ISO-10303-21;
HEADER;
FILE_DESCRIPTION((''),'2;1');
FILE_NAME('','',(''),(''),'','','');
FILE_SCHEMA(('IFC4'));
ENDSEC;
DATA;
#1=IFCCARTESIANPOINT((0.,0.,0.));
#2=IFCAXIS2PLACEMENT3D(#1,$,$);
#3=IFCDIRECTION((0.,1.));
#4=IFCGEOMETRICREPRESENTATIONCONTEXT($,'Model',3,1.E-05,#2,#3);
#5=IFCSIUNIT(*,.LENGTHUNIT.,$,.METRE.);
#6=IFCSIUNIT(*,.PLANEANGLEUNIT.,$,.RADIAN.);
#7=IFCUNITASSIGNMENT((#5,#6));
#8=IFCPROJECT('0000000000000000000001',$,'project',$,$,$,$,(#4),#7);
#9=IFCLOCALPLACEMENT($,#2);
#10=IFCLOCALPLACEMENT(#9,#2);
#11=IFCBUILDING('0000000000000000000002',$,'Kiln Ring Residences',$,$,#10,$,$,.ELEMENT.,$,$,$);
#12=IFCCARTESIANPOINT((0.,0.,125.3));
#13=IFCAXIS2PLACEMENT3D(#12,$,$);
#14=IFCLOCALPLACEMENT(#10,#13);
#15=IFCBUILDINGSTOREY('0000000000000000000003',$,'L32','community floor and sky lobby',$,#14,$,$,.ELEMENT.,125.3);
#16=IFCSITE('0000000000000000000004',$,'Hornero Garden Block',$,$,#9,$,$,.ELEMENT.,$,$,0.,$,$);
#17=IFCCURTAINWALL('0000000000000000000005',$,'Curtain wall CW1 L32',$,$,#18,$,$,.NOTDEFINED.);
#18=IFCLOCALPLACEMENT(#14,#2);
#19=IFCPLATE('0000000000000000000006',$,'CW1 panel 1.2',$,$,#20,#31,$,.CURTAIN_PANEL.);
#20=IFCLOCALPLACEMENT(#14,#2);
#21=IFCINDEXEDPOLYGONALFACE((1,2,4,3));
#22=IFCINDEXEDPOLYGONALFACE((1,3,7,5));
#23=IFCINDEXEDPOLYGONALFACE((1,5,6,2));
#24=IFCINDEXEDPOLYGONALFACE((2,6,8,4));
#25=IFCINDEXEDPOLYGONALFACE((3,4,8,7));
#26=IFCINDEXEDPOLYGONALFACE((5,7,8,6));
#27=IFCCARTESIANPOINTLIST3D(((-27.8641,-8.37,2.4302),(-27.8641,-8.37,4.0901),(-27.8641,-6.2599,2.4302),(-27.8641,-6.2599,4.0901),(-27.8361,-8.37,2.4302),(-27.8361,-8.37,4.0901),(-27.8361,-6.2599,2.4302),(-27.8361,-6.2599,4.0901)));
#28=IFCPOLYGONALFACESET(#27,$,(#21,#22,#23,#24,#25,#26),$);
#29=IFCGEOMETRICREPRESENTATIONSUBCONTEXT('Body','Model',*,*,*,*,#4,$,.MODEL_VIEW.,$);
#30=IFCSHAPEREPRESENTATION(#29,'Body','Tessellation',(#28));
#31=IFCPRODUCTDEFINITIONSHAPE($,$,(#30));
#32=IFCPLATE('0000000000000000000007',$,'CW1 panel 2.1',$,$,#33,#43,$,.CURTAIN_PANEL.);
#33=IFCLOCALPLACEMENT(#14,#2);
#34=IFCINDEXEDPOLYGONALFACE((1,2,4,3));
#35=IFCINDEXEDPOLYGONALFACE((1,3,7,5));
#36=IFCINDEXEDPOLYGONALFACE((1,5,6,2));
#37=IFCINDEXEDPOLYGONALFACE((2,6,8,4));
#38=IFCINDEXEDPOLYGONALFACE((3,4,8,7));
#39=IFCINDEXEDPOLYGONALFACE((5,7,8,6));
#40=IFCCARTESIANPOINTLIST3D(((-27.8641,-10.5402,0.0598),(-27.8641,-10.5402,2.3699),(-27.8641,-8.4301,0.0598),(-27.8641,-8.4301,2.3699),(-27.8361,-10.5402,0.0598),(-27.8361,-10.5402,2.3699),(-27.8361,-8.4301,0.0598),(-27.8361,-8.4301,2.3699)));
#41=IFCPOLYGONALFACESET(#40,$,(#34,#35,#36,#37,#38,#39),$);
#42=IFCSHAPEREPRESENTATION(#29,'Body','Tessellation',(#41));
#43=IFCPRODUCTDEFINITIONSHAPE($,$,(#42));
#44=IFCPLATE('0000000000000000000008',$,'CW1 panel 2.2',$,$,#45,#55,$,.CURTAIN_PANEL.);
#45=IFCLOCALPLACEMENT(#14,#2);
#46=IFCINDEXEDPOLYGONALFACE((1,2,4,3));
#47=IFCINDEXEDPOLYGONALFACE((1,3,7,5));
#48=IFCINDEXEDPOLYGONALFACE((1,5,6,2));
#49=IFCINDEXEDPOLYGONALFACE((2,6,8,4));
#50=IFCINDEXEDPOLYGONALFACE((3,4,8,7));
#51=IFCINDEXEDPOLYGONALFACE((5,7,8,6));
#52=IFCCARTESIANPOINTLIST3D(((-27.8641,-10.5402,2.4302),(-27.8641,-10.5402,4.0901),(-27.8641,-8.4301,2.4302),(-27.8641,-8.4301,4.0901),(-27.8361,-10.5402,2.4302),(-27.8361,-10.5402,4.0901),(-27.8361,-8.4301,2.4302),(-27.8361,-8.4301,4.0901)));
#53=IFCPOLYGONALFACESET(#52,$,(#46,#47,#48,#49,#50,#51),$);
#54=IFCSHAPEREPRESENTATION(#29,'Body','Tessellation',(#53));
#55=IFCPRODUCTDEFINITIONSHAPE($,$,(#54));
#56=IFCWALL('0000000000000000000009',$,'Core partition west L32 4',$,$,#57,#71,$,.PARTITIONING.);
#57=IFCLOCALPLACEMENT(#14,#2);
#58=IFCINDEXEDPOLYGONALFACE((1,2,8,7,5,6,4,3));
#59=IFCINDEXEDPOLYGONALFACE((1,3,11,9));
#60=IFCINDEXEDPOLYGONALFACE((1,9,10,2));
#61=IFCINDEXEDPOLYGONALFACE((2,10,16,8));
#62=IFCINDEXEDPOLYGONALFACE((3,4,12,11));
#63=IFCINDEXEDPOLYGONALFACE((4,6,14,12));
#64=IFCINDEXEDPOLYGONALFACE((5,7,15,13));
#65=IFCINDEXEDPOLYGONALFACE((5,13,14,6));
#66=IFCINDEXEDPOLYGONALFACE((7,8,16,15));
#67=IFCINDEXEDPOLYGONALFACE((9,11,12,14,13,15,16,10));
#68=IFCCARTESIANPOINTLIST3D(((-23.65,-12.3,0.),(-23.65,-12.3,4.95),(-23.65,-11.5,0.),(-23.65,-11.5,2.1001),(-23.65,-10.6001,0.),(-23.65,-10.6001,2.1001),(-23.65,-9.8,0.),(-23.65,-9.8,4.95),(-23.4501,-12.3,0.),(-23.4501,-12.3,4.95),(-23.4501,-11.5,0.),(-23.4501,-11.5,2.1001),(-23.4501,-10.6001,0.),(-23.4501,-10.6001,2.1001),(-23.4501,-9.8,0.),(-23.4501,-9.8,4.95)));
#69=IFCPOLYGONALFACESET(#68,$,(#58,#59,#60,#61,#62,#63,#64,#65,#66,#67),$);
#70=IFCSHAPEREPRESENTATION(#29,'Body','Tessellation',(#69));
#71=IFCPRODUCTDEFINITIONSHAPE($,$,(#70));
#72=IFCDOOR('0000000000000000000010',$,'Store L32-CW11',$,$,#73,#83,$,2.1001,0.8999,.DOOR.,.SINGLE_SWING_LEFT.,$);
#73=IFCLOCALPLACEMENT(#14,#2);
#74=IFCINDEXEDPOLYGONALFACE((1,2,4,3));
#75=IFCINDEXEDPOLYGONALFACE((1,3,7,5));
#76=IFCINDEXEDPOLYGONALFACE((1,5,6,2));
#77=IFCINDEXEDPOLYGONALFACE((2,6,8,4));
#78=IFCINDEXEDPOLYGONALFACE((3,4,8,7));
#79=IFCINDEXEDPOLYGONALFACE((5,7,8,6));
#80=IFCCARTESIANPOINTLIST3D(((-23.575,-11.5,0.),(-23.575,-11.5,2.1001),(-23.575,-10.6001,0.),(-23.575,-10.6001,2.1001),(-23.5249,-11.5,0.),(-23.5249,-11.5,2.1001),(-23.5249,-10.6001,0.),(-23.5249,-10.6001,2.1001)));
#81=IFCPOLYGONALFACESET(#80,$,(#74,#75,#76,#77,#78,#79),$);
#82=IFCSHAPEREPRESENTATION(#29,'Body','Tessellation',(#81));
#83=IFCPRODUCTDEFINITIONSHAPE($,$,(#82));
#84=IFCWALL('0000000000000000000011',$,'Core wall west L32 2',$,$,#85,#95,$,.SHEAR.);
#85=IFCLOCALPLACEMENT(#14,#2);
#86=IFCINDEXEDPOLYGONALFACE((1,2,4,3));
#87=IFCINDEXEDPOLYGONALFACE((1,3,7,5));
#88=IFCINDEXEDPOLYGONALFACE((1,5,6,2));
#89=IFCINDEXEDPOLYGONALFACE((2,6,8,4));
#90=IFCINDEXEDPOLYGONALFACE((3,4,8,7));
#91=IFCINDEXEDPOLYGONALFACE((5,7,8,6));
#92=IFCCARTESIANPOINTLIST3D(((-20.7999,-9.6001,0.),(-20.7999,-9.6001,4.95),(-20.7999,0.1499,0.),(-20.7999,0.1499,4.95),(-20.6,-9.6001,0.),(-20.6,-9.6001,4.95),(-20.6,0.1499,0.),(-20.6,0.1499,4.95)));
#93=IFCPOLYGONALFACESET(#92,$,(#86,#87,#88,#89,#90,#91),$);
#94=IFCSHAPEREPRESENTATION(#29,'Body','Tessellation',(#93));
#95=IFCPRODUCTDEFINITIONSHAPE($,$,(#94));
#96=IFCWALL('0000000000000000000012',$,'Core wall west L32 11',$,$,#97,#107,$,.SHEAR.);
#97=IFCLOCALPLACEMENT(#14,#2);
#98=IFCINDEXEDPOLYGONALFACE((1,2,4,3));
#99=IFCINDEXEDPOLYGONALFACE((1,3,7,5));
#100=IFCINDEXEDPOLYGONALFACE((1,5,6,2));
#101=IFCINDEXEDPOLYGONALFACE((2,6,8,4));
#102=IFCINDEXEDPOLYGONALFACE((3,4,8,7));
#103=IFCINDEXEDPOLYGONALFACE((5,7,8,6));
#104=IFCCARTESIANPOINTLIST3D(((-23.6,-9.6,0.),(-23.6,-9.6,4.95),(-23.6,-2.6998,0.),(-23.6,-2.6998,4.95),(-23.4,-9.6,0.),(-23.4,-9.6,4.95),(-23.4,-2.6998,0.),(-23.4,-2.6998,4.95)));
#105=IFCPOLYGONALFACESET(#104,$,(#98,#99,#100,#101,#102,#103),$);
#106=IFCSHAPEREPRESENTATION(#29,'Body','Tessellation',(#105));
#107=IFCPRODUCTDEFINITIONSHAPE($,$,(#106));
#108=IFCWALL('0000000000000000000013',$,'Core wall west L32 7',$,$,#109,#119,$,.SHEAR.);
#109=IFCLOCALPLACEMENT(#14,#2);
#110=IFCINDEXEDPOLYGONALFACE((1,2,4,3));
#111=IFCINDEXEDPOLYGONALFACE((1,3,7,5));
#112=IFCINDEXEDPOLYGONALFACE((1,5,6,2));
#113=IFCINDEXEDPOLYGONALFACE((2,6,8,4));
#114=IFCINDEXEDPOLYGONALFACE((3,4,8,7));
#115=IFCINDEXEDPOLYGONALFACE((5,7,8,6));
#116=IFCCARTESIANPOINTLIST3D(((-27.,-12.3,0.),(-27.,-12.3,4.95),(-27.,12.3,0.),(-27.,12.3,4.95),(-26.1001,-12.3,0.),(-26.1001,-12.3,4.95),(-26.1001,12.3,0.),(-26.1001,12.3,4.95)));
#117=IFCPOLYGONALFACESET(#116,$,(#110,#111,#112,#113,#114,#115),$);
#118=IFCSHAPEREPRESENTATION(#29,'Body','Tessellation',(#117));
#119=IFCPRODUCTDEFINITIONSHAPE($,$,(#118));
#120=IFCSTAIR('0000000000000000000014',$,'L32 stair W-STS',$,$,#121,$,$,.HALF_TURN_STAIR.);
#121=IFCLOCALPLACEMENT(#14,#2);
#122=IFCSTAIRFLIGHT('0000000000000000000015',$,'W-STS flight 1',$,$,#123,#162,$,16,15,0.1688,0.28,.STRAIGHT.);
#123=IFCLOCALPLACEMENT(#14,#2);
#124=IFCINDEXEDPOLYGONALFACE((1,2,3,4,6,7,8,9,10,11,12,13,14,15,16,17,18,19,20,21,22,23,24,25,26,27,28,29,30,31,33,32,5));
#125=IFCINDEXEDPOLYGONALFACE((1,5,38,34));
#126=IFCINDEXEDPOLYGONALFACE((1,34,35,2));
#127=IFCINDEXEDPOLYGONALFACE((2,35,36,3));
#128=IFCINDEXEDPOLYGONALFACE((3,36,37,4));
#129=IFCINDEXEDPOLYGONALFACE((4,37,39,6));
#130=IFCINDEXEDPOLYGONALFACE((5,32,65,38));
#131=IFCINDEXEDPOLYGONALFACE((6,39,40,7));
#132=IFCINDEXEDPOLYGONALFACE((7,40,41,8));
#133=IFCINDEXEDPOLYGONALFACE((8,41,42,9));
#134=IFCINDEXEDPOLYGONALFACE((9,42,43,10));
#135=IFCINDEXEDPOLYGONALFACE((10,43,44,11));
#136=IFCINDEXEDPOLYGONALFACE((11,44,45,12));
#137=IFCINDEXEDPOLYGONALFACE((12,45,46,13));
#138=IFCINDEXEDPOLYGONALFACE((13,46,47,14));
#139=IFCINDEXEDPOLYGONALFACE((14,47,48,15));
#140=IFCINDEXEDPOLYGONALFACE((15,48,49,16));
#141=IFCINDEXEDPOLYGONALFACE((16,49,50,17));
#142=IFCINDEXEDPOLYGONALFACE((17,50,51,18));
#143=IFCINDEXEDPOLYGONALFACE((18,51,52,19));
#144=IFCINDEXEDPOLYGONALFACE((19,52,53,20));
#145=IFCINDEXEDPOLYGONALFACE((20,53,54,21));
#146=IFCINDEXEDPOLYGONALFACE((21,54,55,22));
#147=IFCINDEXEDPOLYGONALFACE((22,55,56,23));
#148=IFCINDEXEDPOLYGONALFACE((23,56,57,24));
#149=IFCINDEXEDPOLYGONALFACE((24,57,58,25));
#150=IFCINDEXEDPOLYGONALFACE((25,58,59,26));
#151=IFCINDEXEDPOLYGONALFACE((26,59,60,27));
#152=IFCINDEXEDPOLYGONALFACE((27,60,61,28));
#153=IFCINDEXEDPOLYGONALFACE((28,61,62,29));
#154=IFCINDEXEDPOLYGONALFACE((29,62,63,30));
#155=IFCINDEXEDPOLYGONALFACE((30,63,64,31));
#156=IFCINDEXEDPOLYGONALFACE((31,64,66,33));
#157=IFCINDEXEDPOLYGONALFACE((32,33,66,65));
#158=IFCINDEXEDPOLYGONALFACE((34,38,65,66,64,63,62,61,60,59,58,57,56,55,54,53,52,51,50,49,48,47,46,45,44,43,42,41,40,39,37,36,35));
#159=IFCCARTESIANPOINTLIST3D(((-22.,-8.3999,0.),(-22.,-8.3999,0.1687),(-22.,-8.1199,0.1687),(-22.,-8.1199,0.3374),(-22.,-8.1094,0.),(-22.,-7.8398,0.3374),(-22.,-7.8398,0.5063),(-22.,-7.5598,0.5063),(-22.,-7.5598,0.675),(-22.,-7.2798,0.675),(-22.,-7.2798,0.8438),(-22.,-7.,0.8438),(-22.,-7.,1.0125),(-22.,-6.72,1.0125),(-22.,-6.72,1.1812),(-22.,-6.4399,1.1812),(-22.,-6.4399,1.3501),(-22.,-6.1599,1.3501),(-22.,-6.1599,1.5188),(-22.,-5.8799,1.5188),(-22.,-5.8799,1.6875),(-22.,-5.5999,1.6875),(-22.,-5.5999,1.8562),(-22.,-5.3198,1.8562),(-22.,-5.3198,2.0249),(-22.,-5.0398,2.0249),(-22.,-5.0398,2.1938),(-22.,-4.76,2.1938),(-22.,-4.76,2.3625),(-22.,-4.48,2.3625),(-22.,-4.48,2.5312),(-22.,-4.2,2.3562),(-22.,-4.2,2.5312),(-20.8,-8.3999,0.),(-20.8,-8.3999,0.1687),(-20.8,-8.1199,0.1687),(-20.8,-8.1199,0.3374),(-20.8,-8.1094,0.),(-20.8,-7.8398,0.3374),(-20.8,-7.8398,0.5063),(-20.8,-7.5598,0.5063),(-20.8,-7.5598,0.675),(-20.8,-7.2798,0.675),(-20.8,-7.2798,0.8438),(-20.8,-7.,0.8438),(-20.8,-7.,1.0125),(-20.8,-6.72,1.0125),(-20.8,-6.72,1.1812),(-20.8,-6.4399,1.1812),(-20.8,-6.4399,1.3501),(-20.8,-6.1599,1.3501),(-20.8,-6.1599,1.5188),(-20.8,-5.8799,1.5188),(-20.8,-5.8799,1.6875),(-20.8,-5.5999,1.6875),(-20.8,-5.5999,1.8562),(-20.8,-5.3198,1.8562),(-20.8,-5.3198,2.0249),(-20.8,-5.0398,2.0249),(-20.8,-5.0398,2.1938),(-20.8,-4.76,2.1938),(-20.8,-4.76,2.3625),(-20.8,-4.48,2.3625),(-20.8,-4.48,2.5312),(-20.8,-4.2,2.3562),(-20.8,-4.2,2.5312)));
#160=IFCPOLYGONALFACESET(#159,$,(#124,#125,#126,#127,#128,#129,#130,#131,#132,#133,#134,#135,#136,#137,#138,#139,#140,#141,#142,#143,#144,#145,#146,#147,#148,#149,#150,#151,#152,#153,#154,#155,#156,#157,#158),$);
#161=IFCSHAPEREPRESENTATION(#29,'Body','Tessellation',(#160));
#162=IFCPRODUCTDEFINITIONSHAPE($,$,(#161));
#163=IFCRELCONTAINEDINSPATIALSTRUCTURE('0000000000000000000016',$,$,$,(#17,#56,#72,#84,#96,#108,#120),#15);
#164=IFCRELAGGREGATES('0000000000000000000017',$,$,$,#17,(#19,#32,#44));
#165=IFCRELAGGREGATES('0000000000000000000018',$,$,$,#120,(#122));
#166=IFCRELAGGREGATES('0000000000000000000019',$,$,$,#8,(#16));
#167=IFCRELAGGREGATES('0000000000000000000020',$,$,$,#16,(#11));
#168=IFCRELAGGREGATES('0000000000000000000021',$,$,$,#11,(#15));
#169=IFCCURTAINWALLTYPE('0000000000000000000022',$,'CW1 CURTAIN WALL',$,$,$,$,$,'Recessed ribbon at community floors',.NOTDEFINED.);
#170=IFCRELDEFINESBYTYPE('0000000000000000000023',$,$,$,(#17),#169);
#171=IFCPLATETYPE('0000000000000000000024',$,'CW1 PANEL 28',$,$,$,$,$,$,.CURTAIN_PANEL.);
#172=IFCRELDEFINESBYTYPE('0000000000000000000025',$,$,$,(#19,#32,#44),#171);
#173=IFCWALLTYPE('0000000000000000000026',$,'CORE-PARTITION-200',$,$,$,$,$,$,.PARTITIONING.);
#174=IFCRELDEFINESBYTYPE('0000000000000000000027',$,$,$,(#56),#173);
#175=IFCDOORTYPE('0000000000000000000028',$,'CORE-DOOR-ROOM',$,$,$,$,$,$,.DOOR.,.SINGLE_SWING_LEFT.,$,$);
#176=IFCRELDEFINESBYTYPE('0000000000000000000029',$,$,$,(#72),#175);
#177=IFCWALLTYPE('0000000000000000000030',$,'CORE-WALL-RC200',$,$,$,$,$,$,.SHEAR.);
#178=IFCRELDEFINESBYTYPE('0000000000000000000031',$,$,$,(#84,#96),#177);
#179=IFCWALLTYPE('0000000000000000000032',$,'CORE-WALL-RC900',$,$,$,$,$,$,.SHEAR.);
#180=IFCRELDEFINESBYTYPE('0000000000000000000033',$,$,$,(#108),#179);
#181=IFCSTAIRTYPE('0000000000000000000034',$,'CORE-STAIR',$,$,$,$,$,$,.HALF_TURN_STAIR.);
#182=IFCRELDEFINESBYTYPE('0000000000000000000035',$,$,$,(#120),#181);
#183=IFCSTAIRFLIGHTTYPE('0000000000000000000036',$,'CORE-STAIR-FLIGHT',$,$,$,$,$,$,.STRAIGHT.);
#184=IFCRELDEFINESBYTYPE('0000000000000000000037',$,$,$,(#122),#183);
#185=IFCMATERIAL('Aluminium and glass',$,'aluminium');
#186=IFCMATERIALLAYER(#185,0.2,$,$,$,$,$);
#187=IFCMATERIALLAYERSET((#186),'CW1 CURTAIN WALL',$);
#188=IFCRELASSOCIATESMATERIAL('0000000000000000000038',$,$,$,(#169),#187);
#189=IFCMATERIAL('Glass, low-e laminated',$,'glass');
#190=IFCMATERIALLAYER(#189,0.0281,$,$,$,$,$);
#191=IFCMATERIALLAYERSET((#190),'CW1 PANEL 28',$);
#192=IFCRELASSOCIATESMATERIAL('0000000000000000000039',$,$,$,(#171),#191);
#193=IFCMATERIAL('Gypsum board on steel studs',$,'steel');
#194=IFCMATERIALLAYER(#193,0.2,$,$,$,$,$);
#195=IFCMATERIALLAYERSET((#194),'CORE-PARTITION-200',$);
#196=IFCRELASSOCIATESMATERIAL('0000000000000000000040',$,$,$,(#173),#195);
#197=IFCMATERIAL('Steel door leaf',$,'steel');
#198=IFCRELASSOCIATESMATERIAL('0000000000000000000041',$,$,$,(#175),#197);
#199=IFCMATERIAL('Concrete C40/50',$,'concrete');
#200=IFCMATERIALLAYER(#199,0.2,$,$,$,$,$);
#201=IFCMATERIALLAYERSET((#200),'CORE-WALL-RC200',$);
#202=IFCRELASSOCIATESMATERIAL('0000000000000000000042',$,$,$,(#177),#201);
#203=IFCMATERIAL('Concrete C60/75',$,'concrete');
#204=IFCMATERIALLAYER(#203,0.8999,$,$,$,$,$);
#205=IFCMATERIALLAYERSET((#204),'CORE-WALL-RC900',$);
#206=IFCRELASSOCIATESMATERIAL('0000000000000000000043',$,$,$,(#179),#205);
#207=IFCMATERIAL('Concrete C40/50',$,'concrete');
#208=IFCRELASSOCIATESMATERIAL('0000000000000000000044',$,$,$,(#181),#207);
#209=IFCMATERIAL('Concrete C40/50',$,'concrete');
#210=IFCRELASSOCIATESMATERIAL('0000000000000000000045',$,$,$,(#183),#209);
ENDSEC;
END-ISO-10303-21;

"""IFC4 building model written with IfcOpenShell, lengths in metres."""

from ifc_helpers import new_model, si_unit, direction, frame, frame_2d, origin, origin_2d, place, context, subcontext, project, spatial, polyline, rectangle, outline, extrude, material, layer, layer_set, type_object, element, fill, aggregate, save


model = new_model("IFC4")

# Units and contexts
model_context = context("Model", 3, precision=1e-05, world=origin(), true_north=direction((0.0, 1.0)))
body_context = subcontext(model_context, "Body", "Model", "MODEL_VIEW")
ifc_project = project(units=[si_unit("LENGTHUNIT", "METRE"), si_unit("PLANEANGLEUNIT", "RADIAN")], contexts=[model_context])

# Site, building, storey
site_placement = place(None, origin())
site = spatial("IfcSite", under=ifc_project, at=site_placement, Name="Hornero Garden Block", CompositionType="ELEMENT", RefElevation=0.0)
building_placement = place(site_placement, origin())
building = spatial("IfcBuilding", under=site, at=building_placement, Name="Kiln Ring Residences", CompositionType="ELEMENT")
storey_placement = place(building_placement, frame((0.0, 0.0, 125.3)))
storey = spatial("IfcBuildingStorey", under=building, at=storey_placement, Name="L32", Description="community floor and sky lobby", CompositionType="ELEMENT", Elevation=125.3)

# Curtain wall
ifc_material_1 = material(Name="Aluminium and glass", Category="aluminium")
ifc_layer_1 = layer(ifc_material_1, 0.2)
ifc_layer_set_1 = layer_set([ifc_layer_1], Name="CW1 CURTAIN WALL")
curtain_wall_type = type_object("IfcCurtainWallType", Name="CW1 CURTAIN WALL", ElementType="Recessed ribbon at community floors", PredefinedType="NOTDEFINED", material=ifc_layer_set_1)
placement = place(storey_placement, origin())
curtain_wall_1 = element("IfcCurtainWall", 1, at=placement, inside=storey, type_object=curtain_wall_type, Name="Curtain wall CW1 L32", PredefinedType="NOTDEFINED")

# Plates
ifc_material_2 = material(Name="Glass, low-e laminated", Category="glass")
ifc_layer_2 = layer(ifc_material_2, 0.0281)
ifc_layer_set_2 = layer_set([ifc_layer_2], Name="CW1 PANEL 28")
plate_type = type_object("IfcPlateType", Name="CW1 PANEL 28", PredefinedType="CURTAIN_PANEL", material=ifc_layer_set_2)
plate_1_placement = place(storey_placement, frame((-27.8501, -7.3149, 2.4302), z_axis=(0.0, 0.0, 1.0), x_axis=(0.0, -1.0, 0.0)))
plate_1 = element("IfcPlate", 2, at=plate_1_placement, type_object=plate_type, Name="CW1 panel 1.2", PredefinedType="CURTAIN_PANEL", context=body_context, shape_type="SweptSolid", body=[
    extrude(rectangle(XDim=2.1101, YDim=0.0281, at=origin_2d()), origin(), (0.0, 0.0, 1.0), 1.6599),
])
plate_2_placement = place(storey_placement, frame((-27.8501, -9.4851, 0.0598), z_axis=(0.0, 0.0, 1.0), x_axis=(0.0, -1.0, 0.0)))
plate_2 = element("IfcPlate", 3, at=plate_2_placement, type_object=plate_type, Name="CW1 panel 2.1", PredefinedType="CURTAIN_PANEL", context=body_context, shape_type="SweptSolid", body=[
    extrude(rectangle(XDim=2.1101, YDim=0.0281, at=origin_2d()), origin(), (0.0, 0.0, 1.0), 2.3101),
])
plate_3_placement = place(storey_placement, frame((-27.8501, -9.4851, 2.4302), z_axis=(0.0, 0.0, 1.0), x_axis=(0.0, -1.0, 0.0)))
plate_3 = element("IfcPlate", 4, at=plate_3_placement, type_object=plate_type, Name="CW1 panel 2.2", PredefinedType="CURTAIN_PANEL", context=body_context, shape_type="SweptSolid", body=[
    extrude(rectangle(XDim=2.1101, YDim=0.0281, at=origin_2d()), origin(), (0.0, 0.0, 1.0), 1.6599),
])
aggregate(curtain_wall_1, [plate_1, plate_2, plate_3])

# Wall, opening, door
ifc_material_3 = material(Name="Gypsum board on steel studs", Category="steel")
ifc_layer_3 = layer(ifc_material_3, 0.2)
ifc_layer_set_3 = layer_set([ifc_layer_3], Name="CORE-PARTITION-200")
wall_type_1 = type_object("IfcWallType", Name="CORE-PARTITION-200", PredefinedType="PARTITIONING", material=ifc_layer_set_3)
wall_1_placement = place(storey_placement, frame((-23.55, -12.3, 0.0), z_axis=(0.0, 0.0, 1.0), x_axis=(0.0, 1.0, 0.0)))
wall_1 = element("IfcWall", 5, at=wall_1_placement, inside=storey, type_object=wall_type_1, Name="Core partition west L32 4", PredefinedType="PARTITIONING", context=body_context, shape_type="SweptSolid", body=[
    extrude(rectangle(XDim=2.5, YDim=0.2, at=frame_2d((1.25, 0.0))), origin(), (0.0, 0.0, 1.0), 4.95),
])
opening_placement = place(wall_1_placement, frame((0.8, 0.0, 0.0)))
opening = element("IfcOpeningElement", 6, at=opening_placement, cuts=wall_1, PredefinedType="OPENING", context=body_context, shape_type="SweptSolid", body=[
    extrude(rectangle(XDim=0.8999, YDim=2.1001, at=frame_2d((0.45, 1.05))), frame((0.0, 0.1099, 0.0), z_axis=(0.0, -1.0, 0.0), x_axis=(1.0, 0.0, 0.0)), (0.0, 0.0, 1.0), 0.22),
])
ifc_material_4 = material(Name="Steel door leaf", Category="steel")
door_type = type_object("IfcDoorType", Name="CORE-DOOR-ROOM", OperationType="SINGLE_SWING_LEFT", PredefinedType="DOOR", material=ifc_material_4)
door_placement = place(opening_placement, origin())
door = element("IfcDoor", 7, at=door_placement, inside=storey, type_object=door_type, Name="Store L32-CW11", OperationType="SINGLE_SWING_LEFT", OverallHeight=2.1001, OverallWidth=0.8999, PredefinedType="DOOR", context=body_context, shape_type="SweptSolid", body=[
    extrude(rectangle(XDim=0.8999, YDim=2.1001, at=frame_2d((0.45, 1.05))), frame((0.0, 0.0249, 0.0), z_axis=(0.0, -1.0, 0.0), x_axis=(1.0, 0.0, 0.0)), (0.0, 0.0, 1.0), 0.05),
])
fill(opening, door)

# Walls
ifc_material_5 = material(Name="Concrete C40/50", Category="concrete")
ifc_layer_4 = layer(ifc_material_5, 0.2)
ifc_layer_set_4 = layer_set([ifc_layer_4], Name="CORE-WALL-RC200")
wall_type_2 = type_object("IfcWallType", Name="CORE-WALL-RC200", PredefinedType="SHEAR", material=ifc_layer_set_4)
wall_2_placement = place(storey_placement, frame((-20.7, -9.6001, 0.0), z_axis=(0.0, 0.0, 1.0), x_axis=(0.0, 1.0, 0.0)))
element("IfcWall", 8, at=wall_2_placement, inside=storey, type_object=wall_type_2, Name="Core wall west L32 2", PredefinedType="SHEAR", context=body_context, shape_type="SweptSolid", body=[
    extrude(rectangle(XDim=9.75, YDim=0.2, at=frame_2d((4.875, 0.0))), origin(), (0.0, 0.0, 1.0), 4.95),
])
wall_3_placement = place(storey_placement, frame((-23.5, -9.6001, 0.0), z_axis=(0.0, 0.0, 1.0), x_axis=(0.0, 1.0, 0.0)))
element("IfcWall", 9, at=wall_3_placement, inside=storey, type_object=wall_type_2, Name="Core wall west L32 11", PredefinedType="SHEAR", context=body_context, shape_type="SweptSolid", body=[
    extrude(rectangle(XDim=6.9001, YDim=0.2, at=frame_2d((3.4502, 0.0))), origin(), (0.0, 0.0, 1.0), 4.95),
])
ifc_material_6 = material(Name="Concrete C60/75", Category="concrete")
ifc_layer_5 = layer(ifc_material_6, 0.8999)
ifc_layer_set_5 = layer_set([ifc_layer_5], Name="CORE-WALL-RC900")
wall_type_3 = type_object("IfcWallType", Name="CORE-WALL-RC900", PredefinedType="SHEAR", material=ifc_layer_set_5)
wall_4_placement = place(storey_placement, frame((-26.55, -12.3, 0.0), z_axis=(0.0, 0.0, 1.0), x_axis=(0.0, 1.0, 0.0)))
element("IfcWall", 10, at=wall_4_placement, inside=storey, type_object=wall_type_3, Name="Core wall west L32 7", PredefinedType="SHEAR", context=body_context, shape_type="SweptSolid", body=[
    extrude(rectangle(XDim=24.6001, YDim=0.8999, at=frame_2d((12.3, 0.0))), origin(), (0.0, 0.0, 1.0), 4.95),
])

# Stair, stair flight
ifc_material_7 = material(Name="Concrete C40/50", Category="concrete")
stair_type = type_object("IfcStairType", Name="CORE-STAIR", PredefinedType="HALF_TURN_STAIR", material=ifc_material_7)
stair = element("IfcStair", 11, at=placement, inside=storey, type_object=stair_type, Name="L32 stair W-STS", PredefinedType="HALF_TURN_STAIR")
ifc_material_8 = material(Name="Concrete C40/50", Category="concrete")
stair_flight_type = type_object("IfcStairFlightType", Name="CORE-STAIR-FLIGHT", PredefinedType="STRAIGHT", material=ifc_material_8)
stair_flight_placement = place(storey_placement, frame((-21.3999, -8.3999, 0.0), z_axis=(0.0, 0.0, 1.0), x_axis=(0.0, 1.0, 0.0)))
stair_flight = element("IfcStairFlight", 12, at=stair_flight_placement, type_object=stair_flight_type, Name="W-STS flight 1", NumberOfRisers=16, NumberOfTreads=15, PredefinedType="STRAIGHT", RiserHeight=0.1688, TreadLength=0.28, context=body_context, shape_type="SweptSolid", body=[
    extrude(outline(polyline([(0.0, 0.0), (0.0, 0.1687), (0.28, 0.1687), (0.28, 0.3374), (0.5601, 0.3374), (0.5601, 0.5063), (0.8401, 0.5063), (0.8401, 0.675), (1.1201, 0.675), (1.1201, 0.8438), (1.3999, 0.8438), (1.3999, 1.0125), (1.6799, 1.0125), (1.6799, 1.1812), (1.96, 1.1812), (1.96, 1.3501), (2.24, 1.3501), (2.24, 1.5188), (2.52, 1.5188), (2.52, 1.6875), (2.8, 1.6875), (2.8, 1.8562), (3.0801, 1.8562), (3.0801, 2.0249), (3.3601, 2.0249), (3.3601, 2.1938), (3.6399, 2.1938), (3.6399, 2.3625), (3.9199, 2.3625), (3.9199, 2.5312), (4.2, 2.5312), (4.2, 2.7), (4.2, 2.3562), (0.2905, 0.0), (0.0, 0.0)])), frame((0.0, 0.6001, 0.0), z_axis=(0.0, -1.0, 0.0), x_axis=(1.0, 0.0, 0.0)), (0.0, 0.0, 1.0), 1.2),
])
aggregate(stair, [stair_flight])

save(model, "model.ifc")
